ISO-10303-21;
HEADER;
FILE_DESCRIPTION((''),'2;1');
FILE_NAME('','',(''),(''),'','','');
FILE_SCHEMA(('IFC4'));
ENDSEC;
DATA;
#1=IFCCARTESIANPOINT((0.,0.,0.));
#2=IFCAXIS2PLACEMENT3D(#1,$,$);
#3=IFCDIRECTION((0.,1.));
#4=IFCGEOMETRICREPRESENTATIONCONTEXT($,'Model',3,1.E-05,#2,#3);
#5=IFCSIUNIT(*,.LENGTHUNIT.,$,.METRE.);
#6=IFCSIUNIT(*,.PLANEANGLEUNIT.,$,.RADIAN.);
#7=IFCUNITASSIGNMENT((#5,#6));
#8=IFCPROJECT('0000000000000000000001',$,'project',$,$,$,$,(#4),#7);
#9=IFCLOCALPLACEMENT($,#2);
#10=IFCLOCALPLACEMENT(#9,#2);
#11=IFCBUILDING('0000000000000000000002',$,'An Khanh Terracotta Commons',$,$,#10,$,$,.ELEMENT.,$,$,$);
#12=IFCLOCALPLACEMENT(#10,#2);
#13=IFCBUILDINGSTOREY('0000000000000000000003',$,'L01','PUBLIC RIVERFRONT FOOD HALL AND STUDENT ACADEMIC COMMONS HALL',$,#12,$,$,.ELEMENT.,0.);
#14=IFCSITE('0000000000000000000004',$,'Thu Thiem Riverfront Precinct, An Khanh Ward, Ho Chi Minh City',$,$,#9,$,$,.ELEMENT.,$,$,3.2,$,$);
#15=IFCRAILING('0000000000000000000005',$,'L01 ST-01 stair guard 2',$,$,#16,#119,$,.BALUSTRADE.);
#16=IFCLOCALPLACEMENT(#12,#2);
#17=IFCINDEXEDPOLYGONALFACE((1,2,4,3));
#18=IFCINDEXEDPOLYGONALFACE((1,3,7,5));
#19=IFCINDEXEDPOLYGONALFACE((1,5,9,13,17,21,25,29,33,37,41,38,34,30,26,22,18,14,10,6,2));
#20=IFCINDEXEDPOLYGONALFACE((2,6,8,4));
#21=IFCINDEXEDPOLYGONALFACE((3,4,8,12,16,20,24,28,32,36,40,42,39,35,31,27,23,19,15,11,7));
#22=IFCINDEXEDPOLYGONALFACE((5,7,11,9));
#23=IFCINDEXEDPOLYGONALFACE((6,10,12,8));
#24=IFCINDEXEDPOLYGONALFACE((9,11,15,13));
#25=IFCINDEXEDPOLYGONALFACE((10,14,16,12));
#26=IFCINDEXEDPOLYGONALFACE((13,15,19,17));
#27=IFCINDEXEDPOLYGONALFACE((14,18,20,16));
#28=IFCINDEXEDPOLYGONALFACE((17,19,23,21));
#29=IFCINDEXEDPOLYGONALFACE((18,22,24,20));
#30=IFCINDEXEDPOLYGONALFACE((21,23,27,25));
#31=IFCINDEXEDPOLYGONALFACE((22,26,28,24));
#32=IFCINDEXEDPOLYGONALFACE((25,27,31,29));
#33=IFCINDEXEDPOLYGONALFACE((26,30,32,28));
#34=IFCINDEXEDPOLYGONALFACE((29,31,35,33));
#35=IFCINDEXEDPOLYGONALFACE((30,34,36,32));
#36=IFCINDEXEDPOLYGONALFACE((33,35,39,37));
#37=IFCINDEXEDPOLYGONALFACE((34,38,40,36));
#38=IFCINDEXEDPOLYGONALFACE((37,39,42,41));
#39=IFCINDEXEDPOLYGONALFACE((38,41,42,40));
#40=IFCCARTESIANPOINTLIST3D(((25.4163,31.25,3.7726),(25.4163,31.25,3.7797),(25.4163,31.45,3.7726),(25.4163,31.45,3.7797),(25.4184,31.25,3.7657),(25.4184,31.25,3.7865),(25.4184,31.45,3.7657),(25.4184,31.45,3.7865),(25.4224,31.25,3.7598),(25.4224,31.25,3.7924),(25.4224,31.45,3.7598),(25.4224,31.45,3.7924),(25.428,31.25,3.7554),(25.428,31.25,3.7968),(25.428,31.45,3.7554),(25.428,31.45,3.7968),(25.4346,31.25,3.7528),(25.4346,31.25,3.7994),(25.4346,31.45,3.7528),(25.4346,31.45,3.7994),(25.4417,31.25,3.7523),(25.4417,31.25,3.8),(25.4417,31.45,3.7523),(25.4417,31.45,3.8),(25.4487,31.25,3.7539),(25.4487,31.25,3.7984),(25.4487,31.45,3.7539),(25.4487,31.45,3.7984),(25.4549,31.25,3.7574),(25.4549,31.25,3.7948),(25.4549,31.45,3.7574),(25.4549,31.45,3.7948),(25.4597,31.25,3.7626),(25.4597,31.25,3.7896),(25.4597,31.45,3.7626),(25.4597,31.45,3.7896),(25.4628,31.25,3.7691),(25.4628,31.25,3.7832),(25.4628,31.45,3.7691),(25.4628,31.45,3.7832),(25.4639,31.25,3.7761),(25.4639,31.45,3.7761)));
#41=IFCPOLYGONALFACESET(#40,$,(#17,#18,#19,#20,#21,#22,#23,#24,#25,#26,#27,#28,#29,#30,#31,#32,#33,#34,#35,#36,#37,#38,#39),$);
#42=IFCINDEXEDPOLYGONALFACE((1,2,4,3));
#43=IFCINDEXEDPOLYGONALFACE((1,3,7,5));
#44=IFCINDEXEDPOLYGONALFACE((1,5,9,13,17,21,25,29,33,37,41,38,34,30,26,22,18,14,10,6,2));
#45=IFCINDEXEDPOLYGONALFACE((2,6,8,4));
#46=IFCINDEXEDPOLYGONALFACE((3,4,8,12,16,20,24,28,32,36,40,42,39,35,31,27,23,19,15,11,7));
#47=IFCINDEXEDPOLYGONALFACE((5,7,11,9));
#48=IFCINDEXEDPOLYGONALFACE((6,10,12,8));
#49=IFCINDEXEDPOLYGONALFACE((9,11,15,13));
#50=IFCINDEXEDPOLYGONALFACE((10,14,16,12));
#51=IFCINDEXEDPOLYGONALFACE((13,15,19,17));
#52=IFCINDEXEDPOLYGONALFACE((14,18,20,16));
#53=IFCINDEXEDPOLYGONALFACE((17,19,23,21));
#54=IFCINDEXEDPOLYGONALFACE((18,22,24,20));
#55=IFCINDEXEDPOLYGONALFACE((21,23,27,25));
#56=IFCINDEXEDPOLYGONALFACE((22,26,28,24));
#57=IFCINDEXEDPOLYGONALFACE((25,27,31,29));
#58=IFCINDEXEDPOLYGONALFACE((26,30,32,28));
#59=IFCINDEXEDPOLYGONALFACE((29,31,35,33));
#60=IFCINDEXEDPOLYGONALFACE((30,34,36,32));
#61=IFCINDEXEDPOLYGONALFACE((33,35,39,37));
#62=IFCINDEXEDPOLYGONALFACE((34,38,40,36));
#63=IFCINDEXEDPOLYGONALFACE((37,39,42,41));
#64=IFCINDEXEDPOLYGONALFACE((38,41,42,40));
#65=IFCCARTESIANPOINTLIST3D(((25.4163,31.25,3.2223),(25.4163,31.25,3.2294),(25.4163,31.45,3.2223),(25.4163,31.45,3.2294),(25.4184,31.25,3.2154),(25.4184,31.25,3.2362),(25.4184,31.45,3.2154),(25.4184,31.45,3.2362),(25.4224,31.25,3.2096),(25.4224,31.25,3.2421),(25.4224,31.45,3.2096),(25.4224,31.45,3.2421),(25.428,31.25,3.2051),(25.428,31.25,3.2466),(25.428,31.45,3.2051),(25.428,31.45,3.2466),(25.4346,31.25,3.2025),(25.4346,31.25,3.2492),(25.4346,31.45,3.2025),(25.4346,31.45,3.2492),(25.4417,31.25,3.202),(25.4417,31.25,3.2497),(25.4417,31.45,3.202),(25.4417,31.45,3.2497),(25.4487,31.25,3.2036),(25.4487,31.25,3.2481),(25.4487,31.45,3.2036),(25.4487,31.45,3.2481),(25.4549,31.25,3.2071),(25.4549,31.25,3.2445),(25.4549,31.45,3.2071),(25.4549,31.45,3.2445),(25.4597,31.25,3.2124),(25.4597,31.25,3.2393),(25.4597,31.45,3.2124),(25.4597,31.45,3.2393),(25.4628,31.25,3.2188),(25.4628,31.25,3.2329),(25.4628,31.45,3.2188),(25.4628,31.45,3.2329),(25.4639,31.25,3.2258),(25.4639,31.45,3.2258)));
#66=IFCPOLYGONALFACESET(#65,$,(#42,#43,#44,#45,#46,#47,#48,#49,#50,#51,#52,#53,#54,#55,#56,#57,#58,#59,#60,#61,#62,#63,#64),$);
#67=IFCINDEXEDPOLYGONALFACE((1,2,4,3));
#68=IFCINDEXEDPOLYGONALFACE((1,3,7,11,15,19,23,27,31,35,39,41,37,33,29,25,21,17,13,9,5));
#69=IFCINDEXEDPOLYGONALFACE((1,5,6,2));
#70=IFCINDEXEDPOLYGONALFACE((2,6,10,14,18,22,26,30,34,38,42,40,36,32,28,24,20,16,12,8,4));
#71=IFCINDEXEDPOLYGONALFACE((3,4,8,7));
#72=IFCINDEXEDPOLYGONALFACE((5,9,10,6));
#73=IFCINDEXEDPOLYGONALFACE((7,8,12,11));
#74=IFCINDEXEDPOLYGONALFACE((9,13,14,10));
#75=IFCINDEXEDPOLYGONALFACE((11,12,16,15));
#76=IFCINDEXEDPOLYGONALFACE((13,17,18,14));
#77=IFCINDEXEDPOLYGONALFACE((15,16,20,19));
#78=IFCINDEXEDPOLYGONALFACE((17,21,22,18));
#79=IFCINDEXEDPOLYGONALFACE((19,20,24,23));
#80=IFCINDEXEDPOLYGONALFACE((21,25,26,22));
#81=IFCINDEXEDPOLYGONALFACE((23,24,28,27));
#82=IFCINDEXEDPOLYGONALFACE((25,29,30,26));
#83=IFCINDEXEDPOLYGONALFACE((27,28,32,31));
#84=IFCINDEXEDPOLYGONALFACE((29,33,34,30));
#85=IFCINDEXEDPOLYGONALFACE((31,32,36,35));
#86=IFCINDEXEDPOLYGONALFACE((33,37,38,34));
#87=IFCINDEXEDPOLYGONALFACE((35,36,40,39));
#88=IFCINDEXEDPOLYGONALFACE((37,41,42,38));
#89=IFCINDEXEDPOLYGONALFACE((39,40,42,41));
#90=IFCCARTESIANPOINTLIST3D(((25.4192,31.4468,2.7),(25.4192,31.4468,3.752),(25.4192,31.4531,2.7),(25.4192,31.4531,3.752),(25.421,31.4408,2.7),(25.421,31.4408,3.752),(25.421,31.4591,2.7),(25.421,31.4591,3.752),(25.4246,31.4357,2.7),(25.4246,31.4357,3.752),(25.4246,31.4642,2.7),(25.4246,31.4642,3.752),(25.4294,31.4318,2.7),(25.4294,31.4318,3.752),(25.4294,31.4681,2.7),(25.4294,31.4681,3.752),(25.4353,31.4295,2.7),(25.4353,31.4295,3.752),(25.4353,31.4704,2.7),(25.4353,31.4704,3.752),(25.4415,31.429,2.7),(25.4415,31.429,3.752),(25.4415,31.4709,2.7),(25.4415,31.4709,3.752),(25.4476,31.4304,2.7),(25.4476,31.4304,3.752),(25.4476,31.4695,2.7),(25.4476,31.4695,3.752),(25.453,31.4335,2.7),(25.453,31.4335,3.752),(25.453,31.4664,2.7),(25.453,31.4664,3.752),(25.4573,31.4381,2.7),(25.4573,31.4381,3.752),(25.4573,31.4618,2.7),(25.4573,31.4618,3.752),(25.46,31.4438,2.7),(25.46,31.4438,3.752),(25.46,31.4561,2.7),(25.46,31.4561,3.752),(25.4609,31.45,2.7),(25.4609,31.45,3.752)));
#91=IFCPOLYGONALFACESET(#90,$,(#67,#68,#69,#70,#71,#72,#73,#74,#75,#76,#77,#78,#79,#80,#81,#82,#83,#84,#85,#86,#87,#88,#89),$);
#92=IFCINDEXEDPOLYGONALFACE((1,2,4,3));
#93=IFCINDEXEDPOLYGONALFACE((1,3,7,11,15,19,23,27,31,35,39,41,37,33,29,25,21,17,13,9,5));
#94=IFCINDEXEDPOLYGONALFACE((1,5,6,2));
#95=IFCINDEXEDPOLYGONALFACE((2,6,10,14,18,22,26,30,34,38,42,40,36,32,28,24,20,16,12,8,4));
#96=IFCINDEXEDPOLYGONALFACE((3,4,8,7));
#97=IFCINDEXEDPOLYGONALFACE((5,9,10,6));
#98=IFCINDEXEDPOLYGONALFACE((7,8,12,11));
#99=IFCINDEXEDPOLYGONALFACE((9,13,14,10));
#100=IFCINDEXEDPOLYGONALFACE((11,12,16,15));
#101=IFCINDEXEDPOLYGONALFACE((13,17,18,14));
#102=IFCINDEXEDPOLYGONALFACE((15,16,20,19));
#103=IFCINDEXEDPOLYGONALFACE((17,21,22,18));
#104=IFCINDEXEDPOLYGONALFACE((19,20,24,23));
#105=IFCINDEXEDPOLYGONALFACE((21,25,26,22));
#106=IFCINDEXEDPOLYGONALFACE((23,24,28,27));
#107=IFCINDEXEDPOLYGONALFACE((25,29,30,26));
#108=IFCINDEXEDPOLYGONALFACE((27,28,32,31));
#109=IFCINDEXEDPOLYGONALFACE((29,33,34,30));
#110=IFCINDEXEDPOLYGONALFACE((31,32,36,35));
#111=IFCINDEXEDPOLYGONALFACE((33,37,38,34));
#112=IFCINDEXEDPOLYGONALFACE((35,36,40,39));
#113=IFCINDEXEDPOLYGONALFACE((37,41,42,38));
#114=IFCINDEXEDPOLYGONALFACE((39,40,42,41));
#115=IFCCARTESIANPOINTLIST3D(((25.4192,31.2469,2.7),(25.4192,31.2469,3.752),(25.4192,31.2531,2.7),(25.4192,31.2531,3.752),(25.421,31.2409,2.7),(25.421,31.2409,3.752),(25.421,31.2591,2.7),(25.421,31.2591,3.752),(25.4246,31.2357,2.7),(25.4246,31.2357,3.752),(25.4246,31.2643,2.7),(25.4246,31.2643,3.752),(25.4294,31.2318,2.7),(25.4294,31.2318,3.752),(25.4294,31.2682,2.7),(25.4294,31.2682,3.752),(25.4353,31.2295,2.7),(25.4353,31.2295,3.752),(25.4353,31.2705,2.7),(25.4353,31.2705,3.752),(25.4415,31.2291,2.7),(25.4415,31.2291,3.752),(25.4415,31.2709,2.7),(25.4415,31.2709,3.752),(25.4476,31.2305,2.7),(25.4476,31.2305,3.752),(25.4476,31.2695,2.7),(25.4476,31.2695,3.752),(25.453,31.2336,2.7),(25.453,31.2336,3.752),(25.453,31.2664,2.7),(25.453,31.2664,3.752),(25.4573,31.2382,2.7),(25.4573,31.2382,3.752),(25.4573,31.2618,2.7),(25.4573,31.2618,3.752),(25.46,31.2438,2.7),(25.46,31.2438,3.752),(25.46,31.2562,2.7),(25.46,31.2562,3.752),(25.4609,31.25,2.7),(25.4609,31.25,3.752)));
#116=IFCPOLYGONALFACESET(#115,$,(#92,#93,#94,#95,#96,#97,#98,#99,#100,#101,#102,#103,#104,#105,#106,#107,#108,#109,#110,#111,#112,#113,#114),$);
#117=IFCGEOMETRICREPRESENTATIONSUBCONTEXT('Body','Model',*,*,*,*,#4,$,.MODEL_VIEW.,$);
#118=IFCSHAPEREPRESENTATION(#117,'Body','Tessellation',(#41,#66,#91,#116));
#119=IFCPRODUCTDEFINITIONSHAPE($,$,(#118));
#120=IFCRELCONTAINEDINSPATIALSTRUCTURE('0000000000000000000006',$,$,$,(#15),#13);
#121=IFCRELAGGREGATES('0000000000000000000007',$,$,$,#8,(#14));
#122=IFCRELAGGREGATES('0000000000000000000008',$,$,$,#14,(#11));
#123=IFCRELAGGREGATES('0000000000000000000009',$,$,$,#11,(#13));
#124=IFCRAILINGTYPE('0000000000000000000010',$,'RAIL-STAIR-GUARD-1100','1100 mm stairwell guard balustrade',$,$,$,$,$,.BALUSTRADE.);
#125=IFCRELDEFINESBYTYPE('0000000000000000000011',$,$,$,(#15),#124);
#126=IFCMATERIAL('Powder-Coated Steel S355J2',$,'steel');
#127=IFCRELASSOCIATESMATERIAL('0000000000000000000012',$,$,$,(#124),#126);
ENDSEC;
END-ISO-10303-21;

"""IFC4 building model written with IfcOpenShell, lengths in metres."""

from ifc_helpers import new_model, si_unit, direction, frame, origin, origin_2d, place, context, subcontext, project, spatial, circle, extrude, material, type_object, element, save


model = new_model("IFC4")

# Units and contexts
model_context = context("Model", 3, precision=1e-05, world=origin(), true_north=direction((0.0, 1.0)))
body_context = subcontext(model_context, "Body", "Model", "MODEL_VIEW")
ifc_project = project(units=[si_unit("LENGTHUNIT", "METRE"), si_unit("PLANEANGLEUNIT", "RADIAN")], contexts=[model_context])

# Site, building, storey
site_placement = place(None, origin())
site = spatial("IfcSite", under=ifc_project, at=site_placement, Name="Thu Thiem Riverfront Precinct, An Khanh Ward, Ho Chi Minh City", CompositionType="ELEMENT", RefElevation=3.2)
building_placement = place(site_placement, origin())
building = spatial("IfcBuilding", under=site, at=building_placement, Name="An Khanh Terracotta Commons", CompositionType="ELEMENT")
storey_placement = place(building_placement, origin())
storey = spatial("IfcBuildingStorey", under=building, at=storey_placement, Name="L01", Description="PUBLIC RIVERFRONT FOOD HALL AND STUDENT ACADEMIC COMMONS HALL", CompositionType="ELEMENT", Elevation=0.0)

# Railing
ifc_material_1 = material(Name="Powder-Coated Steel S355J2", Category="steel")
railing_type = type_object("IfcRailingType", Name="RAIL-STAIR-GUARD-1100", Description="1100 mm stairwell guard balustrade", PredefinedType="BALUSTRADE", material=ifc_material_1)
railing_1_placement = place(storey_placement, frame((25.4399, 31.45, 2.7)))
element("IfcRailing", 1, at=railing_1_placement, inside=storey, type_object=railing_type, Name="L01 ST-01 stair guard 2", PredefinedType="BALUSTRADE", context=body_context, shape_type="SweptSolid", body=[
    extrude(circle(Radius=0.0239, at=origin_2d()), frame((0.0, 0.0, 1.0762), z_axis=(0.0, -1.0, 0.0), x_axis=(1.0, 0.0, 0.0)), (0.0, 0.0, 1.0), 0.2),
    extrude(circle(Radius=0.0239, at=origin_2d()), frame((0.0, 0.0, 0.5259), z_axis=(0.0, -1.0, 0.0), x_axis=(1.0, 0.0, 0.0)), (0.0, 0.0, 1.0), 0.2),
    extrude(circle(Radius=0.021, at=origin_2d()), origin(), (0.0, 0.0, 1.0), 1.052),
    extrude(circle(Radius=0.021, at=origin_2d()), frame((0.0, -0.2, 0.0)), (0.0, 0.0, 1.0), 1.052),
])

save(model, "model.ifc")
